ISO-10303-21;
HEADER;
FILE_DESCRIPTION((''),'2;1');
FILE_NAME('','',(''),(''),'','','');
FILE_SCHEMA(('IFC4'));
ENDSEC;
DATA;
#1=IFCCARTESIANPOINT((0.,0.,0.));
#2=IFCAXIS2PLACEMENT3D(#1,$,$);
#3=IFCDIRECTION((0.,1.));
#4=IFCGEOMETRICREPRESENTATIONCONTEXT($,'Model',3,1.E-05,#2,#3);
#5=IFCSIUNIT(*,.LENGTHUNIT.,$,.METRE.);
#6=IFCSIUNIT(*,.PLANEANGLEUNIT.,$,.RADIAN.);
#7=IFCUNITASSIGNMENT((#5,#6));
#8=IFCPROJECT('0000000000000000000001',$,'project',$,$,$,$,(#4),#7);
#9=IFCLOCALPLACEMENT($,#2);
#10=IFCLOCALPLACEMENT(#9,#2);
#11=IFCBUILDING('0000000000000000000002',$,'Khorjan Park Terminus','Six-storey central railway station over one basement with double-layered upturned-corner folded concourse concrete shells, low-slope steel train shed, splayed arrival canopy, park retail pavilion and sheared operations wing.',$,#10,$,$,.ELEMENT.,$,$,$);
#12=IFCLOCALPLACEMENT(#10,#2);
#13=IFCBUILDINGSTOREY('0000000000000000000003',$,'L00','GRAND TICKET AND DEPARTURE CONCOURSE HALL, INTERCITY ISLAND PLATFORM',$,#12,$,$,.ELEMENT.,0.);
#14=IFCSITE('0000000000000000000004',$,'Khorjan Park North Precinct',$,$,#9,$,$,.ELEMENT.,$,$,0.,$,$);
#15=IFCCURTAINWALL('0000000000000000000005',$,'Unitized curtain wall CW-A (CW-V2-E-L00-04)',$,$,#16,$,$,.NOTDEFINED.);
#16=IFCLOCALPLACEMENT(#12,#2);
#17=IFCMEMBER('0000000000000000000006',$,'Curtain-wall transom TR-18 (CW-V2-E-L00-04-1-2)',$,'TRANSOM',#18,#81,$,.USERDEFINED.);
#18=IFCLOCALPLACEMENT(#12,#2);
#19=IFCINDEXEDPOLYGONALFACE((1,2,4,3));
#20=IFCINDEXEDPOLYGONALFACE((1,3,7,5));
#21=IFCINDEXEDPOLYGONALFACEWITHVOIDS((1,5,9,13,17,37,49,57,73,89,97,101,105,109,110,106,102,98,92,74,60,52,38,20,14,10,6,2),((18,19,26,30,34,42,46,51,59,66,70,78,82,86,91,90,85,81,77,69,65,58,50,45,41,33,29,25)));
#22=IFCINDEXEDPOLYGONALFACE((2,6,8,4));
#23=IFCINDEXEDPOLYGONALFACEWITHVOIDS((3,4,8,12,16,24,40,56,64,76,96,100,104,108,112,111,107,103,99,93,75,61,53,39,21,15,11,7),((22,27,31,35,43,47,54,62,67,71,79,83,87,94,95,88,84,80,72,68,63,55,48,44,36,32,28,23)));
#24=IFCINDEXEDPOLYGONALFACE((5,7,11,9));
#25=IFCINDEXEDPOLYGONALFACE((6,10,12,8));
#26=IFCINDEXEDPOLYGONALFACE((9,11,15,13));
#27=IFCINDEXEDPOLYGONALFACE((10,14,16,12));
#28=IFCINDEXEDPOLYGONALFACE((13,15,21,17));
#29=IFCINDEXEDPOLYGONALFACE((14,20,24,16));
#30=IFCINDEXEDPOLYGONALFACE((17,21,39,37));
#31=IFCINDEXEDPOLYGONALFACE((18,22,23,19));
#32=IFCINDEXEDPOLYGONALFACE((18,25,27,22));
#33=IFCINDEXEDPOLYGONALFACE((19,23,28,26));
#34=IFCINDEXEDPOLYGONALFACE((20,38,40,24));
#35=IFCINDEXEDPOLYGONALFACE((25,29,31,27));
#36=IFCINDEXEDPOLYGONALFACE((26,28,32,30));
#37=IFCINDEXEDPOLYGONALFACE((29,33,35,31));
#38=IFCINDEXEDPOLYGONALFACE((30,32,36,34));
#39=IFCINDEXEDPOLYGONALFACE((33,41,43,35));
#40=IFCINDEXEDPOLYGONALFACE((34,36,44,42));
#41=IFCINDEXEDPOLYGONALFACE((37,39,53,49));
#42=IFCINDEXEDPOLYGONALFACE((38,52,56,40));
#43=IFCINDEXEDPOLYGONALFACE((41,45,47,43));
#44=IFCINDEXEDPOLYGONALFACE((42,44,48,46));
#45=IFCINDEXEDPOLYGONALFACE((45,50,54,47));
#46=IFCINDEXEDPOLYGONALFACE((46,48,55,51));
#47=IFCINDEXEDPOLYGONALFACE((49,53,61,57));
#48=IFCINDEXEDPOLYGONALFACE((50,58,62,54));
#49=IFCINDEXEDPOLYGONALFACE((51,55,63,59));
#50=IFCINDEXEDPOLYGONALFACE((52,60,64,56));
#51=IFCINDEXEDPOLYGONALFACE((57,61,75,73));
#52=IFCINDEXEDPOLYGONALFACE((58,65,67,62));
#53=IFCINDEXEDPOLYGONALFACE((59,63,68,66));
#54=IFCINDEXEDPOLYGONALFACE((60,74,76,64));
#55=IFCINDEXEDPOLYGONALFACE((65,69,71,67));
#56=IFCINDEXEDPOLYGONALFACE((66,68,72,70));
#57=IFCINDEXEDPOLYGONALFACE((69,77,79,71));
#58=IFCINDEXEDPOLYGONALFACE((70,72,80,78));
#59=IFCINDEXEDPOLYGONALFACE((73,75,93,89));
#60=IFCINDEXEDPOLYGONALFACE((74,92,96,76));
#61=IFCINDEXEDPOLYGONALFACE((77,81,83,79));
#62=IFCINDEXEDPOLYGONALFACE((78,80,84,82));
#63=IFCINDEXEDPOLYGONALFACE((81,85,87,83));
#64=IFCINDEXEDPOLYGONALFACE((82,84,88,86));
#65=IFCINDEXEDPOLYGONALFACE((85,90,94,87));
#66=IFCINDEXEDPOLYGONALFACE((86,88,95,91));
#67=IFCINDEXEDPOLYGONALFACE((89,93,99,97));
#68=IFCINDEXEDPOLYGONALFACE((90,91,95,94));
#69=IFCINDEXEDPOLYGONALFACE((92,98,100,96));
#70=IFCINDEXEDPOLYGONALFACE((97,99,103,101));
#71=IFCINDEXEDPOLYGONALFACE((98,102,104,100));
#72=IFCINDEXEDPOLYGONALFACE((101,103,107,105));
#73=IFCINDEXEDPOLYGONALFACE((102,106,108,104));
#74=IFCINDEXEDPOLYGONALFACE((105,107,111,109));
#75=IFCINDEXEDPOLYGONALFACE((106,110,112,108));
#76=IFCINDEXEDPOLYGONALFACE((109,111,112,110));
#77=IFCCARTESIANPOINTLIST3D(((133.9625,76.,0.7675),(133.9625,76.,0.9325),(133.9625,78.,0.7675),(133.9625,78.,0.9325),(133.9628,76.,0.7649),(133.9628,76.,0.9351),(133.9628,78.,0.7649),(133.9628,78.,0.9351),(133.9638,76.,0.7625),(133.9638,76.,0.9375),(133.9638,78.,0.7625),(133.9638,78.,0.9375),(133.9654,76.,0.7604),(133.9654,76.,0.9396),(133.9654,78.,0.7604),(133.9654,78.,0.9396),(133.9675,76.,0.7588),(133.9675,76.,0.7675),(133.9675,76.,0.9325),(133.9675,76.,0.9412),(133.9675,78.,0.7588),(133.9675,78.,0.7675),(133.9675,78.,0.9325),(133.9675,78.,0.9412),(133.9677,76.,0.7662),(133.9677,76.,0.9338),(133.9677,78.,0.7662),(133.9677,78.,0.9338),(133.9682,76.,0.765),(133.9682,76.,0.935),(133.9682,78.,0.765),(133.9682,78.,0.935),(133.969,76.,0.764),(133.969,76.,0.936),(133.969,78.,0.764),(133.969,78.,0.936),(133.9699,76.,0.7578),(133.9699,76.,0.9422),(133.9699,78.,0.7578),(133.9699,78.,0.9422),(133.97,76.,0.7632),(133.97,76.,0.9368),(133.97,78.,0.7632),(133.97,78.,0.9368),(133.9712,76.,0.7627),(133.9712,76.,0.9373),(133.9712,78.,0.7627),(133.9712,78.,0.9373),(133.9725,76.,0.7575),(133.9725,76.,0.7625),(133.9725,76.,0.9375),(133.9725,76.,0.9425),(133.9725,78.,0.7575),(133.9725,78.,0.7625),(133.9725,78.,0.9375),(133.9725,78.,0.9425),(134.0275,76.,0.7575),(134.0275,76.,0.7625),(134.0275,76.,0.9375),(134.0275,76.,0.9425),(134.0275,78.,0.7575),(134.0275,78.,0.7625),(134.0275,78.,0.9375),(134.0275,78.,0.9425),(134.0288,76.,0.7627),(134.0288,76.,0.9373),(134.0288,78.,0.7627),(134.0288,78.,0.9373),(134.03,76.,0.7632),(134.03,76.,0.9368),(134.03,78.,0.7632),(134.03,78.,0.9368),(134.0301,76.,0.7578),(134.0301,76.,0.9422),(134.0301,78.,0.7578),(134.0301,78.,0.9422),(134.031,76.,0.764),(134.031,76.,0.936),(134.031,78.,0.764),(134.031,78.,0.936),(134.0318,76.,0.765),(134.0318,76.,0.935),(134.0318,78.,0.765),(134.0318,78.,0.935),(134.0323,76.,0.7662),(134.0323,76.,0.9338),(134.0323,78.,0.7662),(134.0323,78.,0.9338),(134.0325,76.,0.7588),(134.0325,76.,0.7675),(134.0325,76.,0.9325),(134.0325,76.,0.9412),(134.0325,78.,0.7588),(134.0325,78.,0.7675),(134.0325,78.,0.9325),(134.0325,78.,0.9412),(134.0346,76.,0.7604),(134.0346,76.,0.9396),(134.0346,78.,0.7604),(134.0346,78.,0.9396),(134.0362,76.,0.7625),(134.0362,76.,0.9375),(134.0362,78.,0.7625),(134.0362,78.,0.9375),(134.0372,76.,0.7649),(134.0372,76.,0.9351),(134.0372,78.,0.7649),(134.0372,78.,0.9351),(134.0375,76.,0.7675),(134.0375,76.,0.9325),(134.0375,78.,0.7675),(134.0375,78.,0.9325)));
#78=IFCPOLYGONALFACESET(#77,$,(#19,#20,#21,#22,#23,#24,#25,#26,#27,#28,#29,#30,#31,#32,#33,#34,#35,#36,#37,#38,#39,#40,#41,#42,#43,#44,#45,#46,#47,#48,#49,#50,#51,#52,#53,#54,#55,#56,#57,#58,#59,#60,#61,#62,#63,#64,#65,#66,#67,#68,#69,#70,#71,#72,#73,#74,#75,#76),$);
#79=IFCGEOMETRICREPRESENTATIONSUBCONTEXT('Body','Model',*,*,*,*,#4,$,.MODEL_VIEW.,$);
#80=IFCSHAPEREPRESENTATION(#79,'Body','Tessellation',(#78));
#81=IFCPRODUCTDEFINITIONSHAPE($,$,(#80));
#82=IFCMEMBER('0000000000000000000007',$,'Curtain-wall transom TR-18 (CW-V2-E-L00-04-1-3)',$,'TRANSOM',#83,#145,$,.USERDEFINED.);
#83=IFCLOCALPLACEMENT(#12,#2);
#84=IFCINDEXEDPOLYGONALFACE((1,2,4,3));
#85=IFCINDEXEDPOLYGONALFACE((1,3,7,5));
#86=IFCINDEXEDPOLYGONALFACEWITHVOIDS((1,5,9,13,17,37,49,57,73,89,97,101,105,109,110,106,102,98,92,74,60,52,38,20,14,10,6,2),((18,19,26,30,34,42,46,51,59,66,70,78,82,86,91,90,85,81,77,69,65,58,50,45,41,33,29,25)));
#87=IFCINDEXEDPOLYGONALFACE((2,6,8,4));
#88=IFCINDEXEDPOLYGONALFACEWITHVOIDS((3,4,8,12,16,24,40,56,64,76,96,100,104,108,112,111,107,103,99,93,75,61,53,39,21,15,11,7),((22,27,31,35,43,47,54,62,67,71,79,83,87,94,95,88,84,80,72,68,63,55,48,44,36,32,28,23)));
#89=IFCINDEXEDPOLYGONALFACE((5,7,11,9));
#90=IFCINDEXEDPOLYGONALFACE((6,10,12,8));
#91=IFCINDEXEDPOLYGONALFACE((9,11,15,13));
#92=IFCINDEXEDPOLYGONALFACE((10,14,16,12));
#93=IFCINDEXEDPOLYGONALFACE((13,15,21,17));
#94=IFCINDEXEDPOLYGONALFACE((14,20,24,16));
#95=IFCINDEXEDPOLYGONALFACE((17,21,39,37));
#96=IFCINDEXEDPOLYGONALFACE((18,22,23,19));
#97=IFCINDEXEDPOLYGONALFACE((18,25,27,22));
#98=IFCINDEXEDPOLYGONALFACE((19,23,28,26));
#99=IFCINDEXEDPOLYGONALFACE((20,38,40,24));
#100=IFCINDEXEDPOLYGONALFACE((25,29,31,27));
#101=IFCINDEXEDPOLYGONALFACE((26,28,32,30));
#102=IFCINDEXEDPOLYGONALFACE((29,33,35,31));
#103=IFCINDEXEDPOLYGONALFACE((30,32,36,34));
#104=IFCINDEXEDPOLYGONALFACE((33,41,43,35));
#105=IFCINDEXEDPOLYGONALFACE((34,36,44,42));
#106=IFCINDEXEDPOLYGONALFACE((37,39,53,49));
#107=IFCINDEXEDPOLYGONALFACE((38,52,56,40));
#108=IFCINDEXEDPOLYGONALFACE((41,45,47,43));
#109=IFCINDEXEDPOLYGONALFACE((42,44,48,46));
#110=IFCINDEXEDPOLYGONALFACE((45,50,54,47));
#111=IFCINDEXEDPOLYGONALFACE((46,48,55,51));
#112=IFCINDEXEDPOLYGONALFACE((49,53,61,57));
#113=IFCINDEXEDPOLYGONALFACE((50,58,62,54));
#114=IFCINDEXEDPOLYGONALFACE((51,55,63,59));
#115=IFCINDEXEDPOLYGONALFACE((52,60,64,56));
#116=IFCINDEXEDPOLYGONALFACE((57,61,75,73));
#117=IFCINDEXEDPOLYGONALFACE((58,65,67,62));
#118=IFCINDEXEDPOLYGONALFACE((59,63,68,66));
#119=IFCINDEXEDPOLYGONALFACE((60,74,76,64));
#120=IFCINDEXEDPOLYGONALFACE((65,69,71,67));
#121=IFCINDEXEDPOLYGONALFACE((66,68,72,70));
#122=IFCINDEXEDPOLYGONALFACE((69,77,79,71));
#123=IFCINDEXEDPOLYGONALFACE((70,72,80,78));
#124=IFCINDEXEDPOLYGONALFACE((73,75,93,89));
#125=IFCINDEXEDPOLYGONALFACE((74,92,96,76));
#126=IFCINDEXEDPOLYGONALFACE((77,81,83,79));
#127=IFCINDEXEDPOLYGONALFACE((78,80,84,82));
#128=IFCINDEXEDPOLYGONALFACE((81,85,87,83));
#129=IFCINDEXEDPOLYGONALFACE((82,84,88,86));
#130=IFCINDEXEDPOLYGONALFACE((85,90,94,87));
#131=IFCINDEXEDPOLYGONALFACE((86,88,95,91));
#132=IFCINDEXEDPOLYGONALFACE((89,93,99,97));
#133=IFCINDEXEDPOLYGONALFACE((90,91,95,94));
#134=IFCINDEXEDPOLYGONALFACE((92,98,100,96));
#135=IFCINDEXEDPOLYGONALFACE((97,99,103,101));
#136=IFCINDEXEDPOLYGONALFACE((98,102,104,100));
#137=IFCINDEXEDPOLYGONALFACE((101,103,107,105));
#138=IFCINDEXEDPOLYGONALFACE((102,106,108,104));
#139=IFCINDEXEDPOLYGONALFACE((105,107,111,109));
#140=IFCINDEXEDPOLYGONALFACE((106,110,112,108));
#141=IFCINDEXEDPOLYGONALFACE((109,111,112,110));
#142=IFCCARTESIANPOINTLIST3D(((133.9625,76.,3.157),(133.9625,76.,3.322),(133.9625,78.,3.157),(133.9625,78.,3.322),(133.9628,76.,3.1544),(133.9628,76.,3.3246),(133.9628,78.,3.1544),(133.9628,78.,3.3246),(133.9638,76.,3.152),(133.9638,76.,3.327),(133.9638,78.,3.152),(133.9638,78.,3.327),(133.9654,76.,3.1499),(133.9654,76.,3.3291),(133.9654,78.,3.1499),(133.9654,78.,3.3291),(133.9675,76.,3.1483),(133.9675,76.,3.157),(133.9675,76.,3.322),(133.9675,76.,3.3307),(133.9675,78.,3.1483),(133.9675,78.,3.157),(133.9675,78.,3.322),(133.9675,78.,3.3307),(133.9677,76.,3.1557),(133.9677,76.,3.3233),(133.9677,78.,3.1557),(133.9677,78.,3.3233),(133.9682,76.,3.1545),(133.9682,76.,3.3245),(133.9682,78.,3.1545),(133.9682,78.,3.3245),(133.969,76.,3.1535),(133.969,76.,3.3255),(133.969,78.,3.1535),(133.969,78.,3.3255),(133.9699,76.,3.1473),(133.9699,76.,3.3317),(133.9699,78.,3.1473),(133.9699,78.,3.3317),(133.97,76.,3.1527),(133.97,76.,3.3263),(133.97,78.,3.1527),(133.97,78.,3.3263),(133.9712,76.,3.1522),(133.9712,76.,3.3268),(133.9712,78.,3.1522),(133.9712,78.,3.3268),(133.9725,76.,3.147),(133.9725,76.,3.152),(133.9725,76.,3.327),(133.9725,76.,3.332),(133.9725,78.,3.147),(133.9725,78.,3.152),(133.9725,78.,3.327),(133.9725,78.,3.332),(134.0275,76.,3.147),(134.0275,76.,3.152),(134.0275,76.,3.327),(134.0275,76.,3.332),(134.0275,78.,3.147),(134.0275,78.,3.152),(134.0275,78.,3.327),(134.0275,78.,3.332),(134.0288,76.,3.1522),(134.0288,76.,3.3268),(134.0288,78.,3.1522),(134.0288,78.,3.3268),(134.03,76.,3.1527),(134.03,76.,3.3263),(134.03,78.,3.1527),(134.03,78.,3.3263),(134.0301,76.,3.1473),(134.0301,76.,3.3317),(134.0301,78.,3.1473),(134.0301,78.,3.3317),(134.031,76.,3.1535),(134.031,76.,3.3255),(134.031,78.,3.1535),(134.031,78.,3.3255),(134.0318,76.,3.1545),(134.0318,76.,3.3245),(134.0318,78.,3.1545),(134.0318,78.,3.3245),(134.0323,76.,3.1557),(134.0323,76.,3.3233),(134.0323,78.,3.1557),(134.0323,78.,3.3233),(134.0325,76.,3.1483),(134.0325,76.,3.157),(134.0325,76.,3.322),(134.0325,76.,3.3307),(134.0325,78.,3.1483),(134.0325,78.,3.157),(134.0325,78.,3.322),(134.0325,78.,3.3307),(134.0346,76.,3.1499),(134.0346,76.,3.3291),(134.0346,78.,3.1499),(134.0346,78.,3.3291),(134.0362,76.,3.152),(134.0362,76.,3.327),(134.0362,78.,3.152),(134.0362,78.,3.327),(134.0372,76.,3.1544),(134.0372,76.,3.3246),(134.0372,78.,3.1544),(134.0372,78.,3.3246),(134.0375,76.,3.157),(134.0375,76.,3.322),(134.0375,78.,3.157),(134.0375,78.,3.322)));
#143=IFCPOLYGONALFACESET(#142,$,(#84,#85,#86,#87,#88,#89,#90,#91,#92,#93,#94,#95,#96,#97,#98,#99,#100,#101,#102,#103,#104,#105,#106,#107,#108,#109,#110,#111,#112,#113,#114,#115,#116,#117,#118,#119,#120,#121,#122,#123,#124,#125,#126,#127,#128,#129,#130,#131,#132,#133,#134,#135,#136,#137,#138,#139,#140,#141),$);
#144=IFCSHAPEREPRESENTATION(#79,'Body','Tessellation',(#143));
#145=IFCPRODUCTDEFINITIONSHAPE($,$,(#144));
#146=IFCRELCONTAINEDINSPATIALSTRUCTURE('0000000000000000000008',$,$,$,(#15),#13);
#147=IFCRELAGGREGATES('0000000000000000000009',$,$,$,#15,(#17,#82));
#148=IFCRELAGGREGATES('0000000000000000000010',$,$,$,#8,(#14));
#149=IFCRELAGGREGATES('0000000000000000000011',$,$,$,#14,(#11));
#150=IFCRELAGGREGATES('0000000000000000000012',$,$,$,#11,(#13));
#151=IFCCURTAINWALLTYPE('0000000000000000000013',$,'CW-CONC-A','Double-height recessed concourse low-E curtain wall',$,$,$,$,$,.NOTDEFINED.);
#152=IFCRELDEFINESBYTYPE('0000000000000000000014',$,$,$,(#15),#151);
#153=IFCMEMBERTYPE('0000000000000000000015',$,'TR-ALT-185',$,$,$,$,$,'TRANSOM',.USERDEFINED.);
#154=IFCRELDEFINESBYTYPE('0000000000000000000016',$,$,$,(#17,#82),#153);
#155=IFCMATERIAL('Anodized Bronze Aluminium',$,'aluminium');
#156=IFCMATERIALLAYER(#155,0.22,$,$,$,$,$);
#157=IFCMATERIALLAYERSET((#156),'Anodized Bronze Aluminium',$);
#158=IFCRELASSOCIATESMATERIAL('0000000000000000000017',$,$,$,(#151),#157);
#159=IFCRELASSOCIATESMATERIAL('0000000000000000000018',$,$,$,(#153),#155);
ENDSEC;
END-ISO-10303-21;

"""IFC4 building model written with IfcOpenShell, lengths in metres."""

from ifc_helpers import new_model, si_unit, direction, frame, origin, origin_2d, place, context, subcontext, project, spatial, hollow_rectangle, extrude, material, layer, layer_set, material_profile, profile_set, type_object, element, aggregate, save


model = new_model("IFC4")

# Units and contexts
model_context = context("Model", 3, precision=1e-05, world=origin(), true_north=direction((0.0, 1.0)))
body_context = subcontext(model_context, "Body", "Model", "MODEL_VIEW")
ifc_project = project(units=[si_unit("LENGTHUNIT", "METRE"), si_unit("PLANEANGLEUNIT", "RADIAN")], contexts=[model_context])

# Site, building, storey
site_placement = place(None, origin())
site = spatial("IfcSite", under=ifc_project, at=site_placement, Name="Khorjan Park North Precinct", CompositionType="ELEMENT", RefElevation=0.0)
building_placement = place(site_placement, origin())
building = spatial("IfcBuilding", under=site, at=building_placement, Name="Khorjan Park Terminus", Description="Six-storey central railway station over one basement with double-layered upturned-corner folded concourse concrete shells, low-slope steel train shed, splayed arrival canopy, park retail pavilion and sheared operations wing.", CompositionType="ELEMENT")
storey_placement = place(building_placement, origin())
storey = spatial("IfcBuildingStorey", under=building, at=storey_placement, Name="L00", Description="GRAND TICKET AND DEPARTURE CONCOURSE HALL, INTERCITY ISLAND PLATFORM", CompositionType="ELEMENT", Elevation=0.0)

# Curtain wall, members
ifc_material_1 = material(Name="Anodized Bronze Aluminium", Category="aluminium")
ifc_layer_1 = layer(ifc_material_1, 0.22)
ifc_layer_set_1 = layer_set([ifc_layer_1], Name="Anodized Bronze Aluminium")
curtain_wall_type = type_object("IfcCurtainWallType", Name="CW-CONC-A", Description="Double-height recessed concourse low-E curtain wall", PredefinedType="NOTDEFINED", material=ifc_layer_set_1)
curtain_wall_placement = place(storey_placement, origin())
curtain_wall = element("IfcCurtainWall", 1, at=curtain_wall_placement, inside=storey, type_object=curtain_wall_type, Name="Unitized curtain wall CW-A (CW-V2-E-L00-04)", PredefinedType="NOTDEFINED")
ifc_material_profile_1 = material_profile(ifc_material_1, hollow_rectangle(XDim=0.075, YDim=0.185, WallThickness=0.005, InnerFilletRadius=0.005, OuterFilletRadius=0.01, at=origin_2d()), Name="ALT 75x185x5")
ifc_profile_set_1 = profile_set([ifc_material_profile_1], Name="Anodized Bronze Aluminium")
member_type_1 = type_object("IfcMemberType", Name="TR-ALT-185", ElementType="TRANSOM", PredefinedType="USERDEFINED", material=ifc_profile_set_1)
member_1_placement = place(storey_placement, frame((134.0, 76.0, 0.85), z_axis=(0.0, 1.0, 0.0), x_axis=(-1.0, 0.0, 0.0)))
member_1 = element("IfcMember", 2, at=member_1_placement, type_object=member_type_1, Name="Curtain-wall transom TR-18 (CW-V2-E-L00-04-1-2)", ObjectType="TRANSOM", PredefinedType="USERDEFINED", context=body_context, shape_type="SweptSolid", body=[
    extrude(hollow_rectangle(XDim=0.075, YDim=0.185, WallThickness=0.005, InnerFilletRadius=0.005, OuterFilletRadius=0.01, at=origin_2d()), origin(), (0.0, 0.0, 1.0), 2.0),
])
member_2_placement = place(storey_placement, frame((134.0, 76.0, 3.2395), z_axis=(0.0, 1.0, 0.0), x_axis=(-1.0, 0.0, 0.0)))
member_2 = element("IfcMember", 3, at=member_2_placement, type_object=member_type_1, Name="Curtain-wall transom TR-18 (CW-V2-E-L00-04-1-3)", ObjectType="TRANSOM", PredefinedType="USERDEFINED", context=body_context, shape_type="SweptSolid", body=[
    extrude(hollow_rectangle(XDim=0.075, YDim=0.185, WallThickness=0.005, InnerFilletRadius=0.005, OuterFilletRadius=0.01, at=origin_2d()), origin(), (0.0, 0.0, 1.0), 2.0),
])
aggregate(curtain_wall, [member_1, member_2])

save(model, "model.ifc")
